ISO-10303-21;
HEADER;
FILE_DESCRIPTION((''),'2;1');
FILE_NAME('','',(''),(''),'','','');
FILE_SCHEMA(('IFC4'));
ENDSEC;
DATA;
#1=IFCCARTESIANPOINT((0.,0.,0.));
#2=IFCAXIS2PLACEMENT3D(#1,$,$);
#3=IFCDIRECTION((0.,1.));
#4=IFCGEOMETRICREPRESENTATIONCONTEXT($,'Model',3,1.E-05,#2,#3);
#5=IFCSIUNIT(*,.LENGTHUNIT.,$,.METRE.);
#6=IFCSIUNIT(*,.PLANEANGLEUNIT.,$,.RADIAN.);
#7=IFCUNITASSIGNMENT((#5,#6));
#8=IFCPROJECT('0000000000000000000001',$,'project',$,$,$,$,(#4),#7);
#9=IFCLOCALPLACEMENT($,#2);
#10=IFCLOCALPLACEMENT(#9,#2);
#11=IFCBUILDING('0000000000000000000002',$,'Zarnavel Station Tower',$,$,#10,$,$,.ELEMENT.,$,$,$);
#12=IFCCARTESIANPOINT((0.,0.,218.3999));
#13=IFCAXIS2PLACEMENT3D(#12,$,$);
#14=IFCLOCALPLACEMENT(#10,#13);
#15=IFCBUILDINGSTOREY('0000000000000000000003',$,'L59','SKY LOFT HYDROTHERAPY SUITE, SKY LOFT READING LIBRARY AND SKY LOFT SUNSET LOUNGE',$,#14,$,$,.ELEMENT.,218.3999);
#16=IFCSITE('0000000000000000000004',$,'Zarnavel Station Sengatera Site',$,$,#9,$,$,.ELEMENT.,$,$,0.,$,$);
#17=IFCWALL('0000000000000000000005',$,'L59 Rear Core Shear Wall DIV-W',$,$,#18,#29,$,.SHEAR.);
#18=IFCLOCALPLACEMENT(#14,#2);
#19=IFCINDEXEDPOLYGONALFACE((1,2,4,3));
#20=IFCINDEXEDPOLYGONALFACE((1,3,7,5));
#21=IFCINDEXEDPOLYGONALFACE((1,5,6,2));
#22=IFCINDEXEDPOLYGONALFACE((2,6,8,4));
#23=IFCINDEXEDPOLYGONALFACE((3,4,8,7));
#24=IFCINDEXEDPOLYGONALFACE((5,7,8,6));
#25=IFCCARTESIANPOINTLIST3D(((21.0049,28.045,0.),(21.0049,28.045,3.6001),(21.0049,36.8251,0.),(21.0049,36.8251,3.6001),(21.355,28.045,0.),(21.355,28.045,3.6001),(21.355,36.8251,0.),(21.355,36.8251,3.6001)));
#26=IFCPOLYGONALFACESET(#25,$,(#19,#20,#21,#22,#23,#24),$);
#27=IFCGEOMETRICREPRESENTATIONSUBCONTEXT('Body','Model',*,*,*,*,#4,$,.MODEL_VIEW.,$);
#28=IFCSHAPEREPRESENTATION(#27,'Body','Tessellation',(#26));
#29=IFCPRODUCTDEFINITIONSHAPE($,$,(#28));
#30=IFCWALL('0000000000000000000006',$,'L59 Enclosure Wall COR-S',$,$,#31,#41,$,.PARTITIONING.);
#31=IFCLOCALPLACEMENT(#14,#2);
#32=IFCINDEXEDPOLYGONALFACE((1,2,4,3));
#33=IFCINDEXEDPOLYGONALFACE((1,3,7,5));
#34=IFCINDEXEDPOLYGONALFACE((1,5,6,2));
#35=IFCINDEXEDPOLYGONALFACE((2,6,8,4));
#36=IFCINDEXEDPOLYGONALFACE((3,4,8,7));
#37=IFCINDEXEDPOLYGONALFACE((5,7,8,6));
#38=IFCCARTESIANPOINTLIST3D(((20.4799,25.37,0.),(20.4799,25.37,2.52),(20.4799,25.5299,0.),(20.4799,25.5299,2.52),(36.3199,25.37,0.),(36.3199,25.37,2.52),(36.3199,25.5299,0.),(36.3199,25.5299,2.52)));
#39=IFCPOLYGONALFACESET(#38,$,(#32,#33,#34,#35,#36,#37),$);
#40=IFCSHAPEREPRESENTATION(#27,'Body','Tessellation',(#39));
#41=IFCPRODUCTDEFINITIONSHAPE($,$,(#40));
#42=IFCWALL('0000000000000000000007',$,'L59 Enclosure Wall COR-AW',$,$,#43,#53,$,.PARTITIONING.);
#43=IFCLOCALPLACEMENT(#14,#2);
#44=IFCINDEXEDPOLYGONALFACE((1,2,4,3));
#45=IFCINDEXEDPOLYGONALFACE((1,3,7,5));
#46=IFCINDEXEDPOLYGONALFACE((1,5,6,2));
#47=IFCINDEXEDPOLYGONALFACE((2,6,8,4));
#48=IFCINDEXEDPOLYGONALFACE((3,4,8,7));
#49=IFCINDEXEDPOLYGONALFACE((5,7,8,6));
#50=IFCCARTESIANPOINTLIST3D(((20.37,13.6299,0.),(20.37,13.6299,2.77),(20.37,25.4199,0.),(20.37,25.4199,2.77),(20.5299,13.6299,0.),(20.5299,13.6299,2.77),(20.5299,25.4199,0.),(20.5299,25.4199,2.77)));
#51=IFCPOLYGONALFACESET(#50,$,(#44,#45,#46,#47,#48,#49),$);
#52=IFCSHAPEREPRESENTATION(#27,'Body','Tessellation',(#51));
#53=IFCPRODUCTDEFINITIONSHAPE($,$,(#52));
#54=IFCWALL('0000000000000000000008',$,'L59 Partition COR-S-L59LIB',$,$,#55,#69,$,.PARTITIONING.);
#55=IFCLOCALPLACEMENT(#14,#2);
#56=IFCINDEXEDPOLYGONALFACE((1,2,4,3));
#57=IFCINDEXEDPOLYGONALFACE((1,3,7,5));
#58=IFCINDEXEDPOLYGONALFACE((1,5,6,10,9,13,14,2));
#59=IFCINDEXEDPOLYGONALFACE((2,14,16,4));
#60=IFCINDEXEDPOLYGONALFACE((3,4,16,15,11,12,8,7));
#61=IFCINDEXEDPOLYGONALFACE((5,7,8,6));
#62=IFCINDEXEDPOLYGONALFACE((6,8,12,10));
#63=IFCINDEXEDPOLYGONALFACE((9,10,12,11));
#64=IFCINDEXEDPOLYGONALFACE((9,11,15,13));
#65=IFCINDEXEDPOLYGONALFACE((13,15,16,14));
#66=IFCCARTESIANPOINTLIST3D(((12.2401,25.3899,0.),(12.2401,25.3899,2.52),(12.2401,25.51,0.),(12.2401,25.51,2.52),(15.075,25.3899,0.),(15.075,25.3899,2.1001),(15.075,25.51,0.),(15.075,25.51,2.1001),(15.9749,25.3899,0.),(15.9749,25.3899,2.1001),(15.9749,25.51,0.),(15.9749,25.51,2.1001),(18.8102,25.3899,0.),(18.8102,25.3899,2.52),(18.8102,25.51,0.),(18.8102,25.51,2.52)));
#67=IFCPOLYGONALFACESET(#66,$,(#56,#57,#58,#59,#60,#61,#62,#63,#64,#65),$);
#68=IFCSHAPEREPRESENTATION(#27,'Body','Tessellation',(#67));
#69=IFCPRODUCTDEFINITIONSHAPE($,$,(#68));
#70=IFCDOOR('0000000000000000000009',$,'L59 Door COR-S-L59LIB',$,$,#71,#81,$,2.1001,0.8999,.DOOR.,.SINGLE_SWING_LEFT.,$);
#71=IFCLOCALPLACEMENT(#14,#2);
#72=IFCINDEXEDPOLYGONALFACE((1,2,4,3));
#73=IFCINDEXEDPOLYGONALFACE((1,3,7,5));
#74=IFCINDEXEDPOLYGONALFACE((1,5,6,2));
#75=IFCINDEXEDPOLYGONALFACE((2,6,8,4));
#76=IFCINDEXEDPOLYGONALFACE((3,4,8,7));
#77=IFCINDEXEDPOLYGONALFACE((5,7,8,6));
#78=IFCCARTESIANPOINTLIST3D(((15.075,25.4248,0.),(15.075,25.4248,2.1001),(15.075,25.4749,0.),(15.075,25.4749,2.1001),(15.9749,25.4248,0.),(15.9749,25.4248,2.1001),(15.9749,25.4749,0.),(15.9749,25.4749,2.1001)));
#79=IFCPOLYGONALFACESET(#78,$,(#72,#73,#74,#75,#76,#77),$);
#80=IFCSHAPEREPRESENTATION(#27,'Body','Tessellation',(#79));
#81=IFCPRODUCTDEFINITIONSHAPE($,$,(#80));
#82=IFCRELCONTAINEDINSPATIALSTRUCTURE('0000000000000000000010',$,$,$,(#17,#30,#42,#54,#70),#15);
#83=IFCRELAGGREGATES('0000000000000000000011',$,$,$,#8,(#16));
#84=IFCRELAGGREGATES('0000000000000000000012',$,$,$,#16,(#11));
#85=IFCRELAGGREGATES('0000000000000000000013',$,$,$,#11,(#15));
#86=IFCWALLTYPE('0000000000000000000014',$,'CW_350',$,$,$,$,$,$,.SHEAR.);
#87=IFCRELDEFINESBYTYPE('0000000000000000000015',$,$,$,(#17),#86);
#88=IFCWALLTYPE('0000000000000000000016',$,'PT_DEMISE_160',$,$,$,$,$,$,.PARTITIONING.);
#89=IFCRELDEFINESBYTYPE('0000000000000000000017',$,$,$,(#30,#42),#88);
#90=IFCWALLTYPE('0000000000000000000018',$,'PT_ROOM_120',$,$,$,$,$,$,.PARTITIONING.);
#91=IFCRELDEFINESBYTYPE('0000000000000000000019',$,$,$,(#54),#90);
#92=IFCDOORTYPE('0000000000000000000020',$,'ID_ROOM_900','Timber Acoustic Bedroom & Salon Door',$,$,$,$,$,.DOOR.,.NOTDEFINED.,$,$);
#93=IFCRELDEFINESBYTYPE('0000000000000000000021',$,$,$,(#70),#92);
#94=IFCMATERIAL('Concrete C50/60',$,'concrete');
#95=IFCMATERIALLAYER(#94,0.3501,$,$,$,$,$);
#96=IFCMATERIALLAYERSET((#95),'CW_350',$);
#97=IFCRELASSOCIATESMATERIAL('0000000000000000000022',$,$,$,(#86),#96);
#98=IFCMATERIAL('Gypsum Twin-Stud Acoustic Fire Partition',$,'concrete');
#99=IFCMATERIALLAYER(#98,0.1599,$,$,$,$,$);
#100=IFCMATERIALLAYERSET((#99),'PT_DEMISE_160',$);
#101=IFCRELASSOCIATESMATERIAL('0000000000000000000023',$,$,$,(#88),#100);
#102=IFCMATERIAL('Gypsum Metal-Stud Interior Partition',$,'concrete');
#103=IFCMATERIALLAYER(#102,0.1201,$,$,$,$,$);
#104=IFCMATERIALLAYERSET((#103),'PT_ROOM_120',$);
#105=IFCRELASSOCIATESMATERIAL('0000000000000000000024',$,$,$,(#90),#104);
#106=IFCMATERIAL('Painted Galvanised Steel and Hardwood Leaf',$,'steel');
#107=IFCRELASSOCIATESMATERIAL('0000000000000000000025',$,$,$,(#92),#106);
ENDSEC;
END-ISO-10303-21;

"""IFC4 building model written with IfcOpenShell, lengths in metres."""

from ifc_helpers import new_model, si_unit, direction, frame, frame_2d, origin, place, context, subcontext, project, spatial, rectangle, extrude, material, layer, layer_set, type_object, element, fill, save


model = new_model("IFC4")

# Units and contexts
model_context = context("Model", 3, precision=1e-05, world=origin(), true_north=direction((0.0, 1.0)))
body_context = subcontext(model_context, "Body", "Model", "MODEL_VIEW")
ifc_project = project(units=[si_unit("LENGTHUNIT", "METRE"), si_unit("PLANEANGLEUNIT", "RADIAN")], contexts=[model_context])

# Site, building, storey
site_placement = place(None, origin())
site = spatial("IfcSite", under=ifc_project, at=site_placement, Name="Zarnavel Station Sengatera Site", CompositionType="ELEMENT", RefElevation=0.0)
building_placement = place(site_placement, origin())
building = spatial("IfcBuilding", under=site, at=building_placement, Name="Zarnavel Station Tower", CompositionType="ELEMENT")
storey_placement = place(building_placement, frame((0.0, 0.0, 218.3999)))
storey = spatial("IfcBuildingStorey", under=building, at=storey_placement, Name="L59", Description="SKY LOFT HYDROTHERAPY SUITE, SKY LOFT READING LIBRARY AND SKY LOFT SUNSET LOUNGE", CompositionType="ELEMENT", Elevation=218.3999)

# Wall
ifc_material_1 = material(Name="Concrete C50/60", Category="concrete")
ifc_layer_1 = layer(ifc_material_1, 0.3501)
ifc_layer_set_1 = layer_set([ifc_layer_1], Name="CW_350")
wall_type_1 = type_object("IfcWallType", Name="CW_350", PredefinedType="SHEAR", material=ifc_layer_set_1)
wall_1_placement = place(storey_placement, frame((21.1799, 28.0449, 0.0), z_axis=(0.0, 0.0, 1.0), x_axis=(0.0, 1.0, 0.0)))
element("IfcWall", 1, at=wall_1_placement, inside=storey, type_object=wall_type_1, Name="L59 Rear Core Shear Wall DIV-W", PredefinedType="SHEAR", context=body_context, shape_type="SweptSolid", body=[
    extrude(rectangle(XDim=8.78, YDim=0.3501, at=frame_2d((4.3901, 0.0))), origin(), (0.0, 0.0, 1.0), 3.6001),
])

# Walls
ifc_material_2 = material(Name="Gypsum Twin-Stud Acoustic Fire Partition", Category="concrete")
ifc_layer_2 = layer(ifc_material_2, 0.1599)
ifc_layer_set_2 = layer_set([ifc_layer_2], Name="PT_DEMISE_160")
wall_type_2 = type_object("IfcWallType", Name="PT_DEMISE_160", PredefinedType="PARTITIONING", material=ifc_layer_set_2)
wall_2_placement = place(storey_placement, frame((20.48, 25.45, 0.0), z_axis=(0.0, 0.0, 1.0), x_axis=(1.0, 0.0, 0.0)))
element("IfcWall", 2, at=wall_2_placement, inside=storey, type_object=wall_type_2, Name="L59 Enclosure Wall COR-S", PredefinedType="PARTITIONING", context=body_context, shape_type="SweptSolid", body=[
    extrude(rectangle(XDim=15.8401, YDim=0.1599, at=frame_2d((7.9199, 0.0))), origin(), (0.0, 0.0, 1.0), 2.52),
])
wall_3_placement = place(storey_placement, frame((20.45, 13.6299, 0.0), z_axis=(0.0, 0.0, 1.0), x_axis=(0.0, 1.0, 0.0)))
element("IfcWall", 3, at=wall_3_placement, inside=storey, type_object=wall_type_2, Name="L59 Enclosure Wall COR-AW", PredefinedType="PARTITIONING", context=body_context, shape_type="SweptSolid", body=[
    extrude(rectangle(XDim=11.79, YDim=0.1599, at=frame_2d((5.895, 0.0))), origin(), (0.0, 0.0, 1.0), 2.77),
])

# Wall, opening, door
ifc_material_3 = material(Name="Gypsum Metal-Stud Interior Partition", Category="concrete")
ifc_layer_3 = layer(ifc_material_3, 0.1201)
ifc_layer_set_3 = layer_set([ifc_layer_3], Name="PT_ROOM_120")
wall_type_3 = type_object("IfcWallType", Name="PT_ROOM_120", PredefinedType="PARTITIONING", material=ifc_layer_set_3)
wall_4_placement = place(storey_placement, frame((12.24, 25.45, 0.0), z_axis=(0.0, 0.0, 1.0), x_axis=(1.0, 0.0, 0.0)))
wall_4 = element("IfcWall", 4, at=wall_4_placement, inside=storey, type_object=wall_type_3, Name="L59 Partition COR-S-L59LIB", PredefinedType="PARTITIONING", context=body_context, shape_type="SweptSolid", body=[
    extrude(rectangle(XDim=6.5701, YDim=0.1201, at=frame_2d((3.2852, 0.0))), origin(), (0.0, 0.0, 1.0), 2.52),
])
opening_1_placement = place(wall_4_placement, frame((2.835, 0.0, 0.0)))
opening_1 = element("IfcOpeningElement", 5, at=opening_1_placement, cuts=wall_4, PredefinedType="OPENING", context=body_context, shape_type="SweptSolid", body=[
    extrude(rectangle(XDim=0.8999, YDim=2.1001, at=frame_2d((0.45, 1.05))), frame((0.0, 0.0701, 0.0), z_axis=(0.0, -1.0, 0.0), x_axis=(1.0, 0.0, 0.0)), (0.0, 0.0, 1.0), 0.1401),
])
ifc_material_4 = material(Name="Painted Galvanised Steel and Hardwood Leaf", Category="steel")
door_type_1 = type_object("IfcDoorType", Name="ID_ROOM_900", Description="Timber Acoustic Bedroom & Salon Door", OperationType="NOTDEFINED", PredefinedType="DOOR", material=ifc_material_4)
door_1_placement = place(opening_1_placement, origin())
door_1 = element("IfcDoor", 6, at=door_1_placement, inside=storey, type_object=door_type_1, Name="L59 Door COR-S-L59LIB", OperationType="SINGLE_SWING_LEFT", OverallHeight=2.1001, OverallWidth=0.8999, PredefinedType="DOOR", context=body_context, shape_type="SweptSolid", body=[
    extrude(rectangle(XDim=0.8999, YDim=2.1001, at=frame_2d((0.45, 1.05))), frame((0.0, 0.0249, 0.0), z_axis=(0.0, -1.0, 0.0), x_axis=(1.0, 0.0, 0.0)), (0.0, 0.0, 1.0), 0.05),
])
fill(opening_1, door_1)

save(model, "model.ifc")
